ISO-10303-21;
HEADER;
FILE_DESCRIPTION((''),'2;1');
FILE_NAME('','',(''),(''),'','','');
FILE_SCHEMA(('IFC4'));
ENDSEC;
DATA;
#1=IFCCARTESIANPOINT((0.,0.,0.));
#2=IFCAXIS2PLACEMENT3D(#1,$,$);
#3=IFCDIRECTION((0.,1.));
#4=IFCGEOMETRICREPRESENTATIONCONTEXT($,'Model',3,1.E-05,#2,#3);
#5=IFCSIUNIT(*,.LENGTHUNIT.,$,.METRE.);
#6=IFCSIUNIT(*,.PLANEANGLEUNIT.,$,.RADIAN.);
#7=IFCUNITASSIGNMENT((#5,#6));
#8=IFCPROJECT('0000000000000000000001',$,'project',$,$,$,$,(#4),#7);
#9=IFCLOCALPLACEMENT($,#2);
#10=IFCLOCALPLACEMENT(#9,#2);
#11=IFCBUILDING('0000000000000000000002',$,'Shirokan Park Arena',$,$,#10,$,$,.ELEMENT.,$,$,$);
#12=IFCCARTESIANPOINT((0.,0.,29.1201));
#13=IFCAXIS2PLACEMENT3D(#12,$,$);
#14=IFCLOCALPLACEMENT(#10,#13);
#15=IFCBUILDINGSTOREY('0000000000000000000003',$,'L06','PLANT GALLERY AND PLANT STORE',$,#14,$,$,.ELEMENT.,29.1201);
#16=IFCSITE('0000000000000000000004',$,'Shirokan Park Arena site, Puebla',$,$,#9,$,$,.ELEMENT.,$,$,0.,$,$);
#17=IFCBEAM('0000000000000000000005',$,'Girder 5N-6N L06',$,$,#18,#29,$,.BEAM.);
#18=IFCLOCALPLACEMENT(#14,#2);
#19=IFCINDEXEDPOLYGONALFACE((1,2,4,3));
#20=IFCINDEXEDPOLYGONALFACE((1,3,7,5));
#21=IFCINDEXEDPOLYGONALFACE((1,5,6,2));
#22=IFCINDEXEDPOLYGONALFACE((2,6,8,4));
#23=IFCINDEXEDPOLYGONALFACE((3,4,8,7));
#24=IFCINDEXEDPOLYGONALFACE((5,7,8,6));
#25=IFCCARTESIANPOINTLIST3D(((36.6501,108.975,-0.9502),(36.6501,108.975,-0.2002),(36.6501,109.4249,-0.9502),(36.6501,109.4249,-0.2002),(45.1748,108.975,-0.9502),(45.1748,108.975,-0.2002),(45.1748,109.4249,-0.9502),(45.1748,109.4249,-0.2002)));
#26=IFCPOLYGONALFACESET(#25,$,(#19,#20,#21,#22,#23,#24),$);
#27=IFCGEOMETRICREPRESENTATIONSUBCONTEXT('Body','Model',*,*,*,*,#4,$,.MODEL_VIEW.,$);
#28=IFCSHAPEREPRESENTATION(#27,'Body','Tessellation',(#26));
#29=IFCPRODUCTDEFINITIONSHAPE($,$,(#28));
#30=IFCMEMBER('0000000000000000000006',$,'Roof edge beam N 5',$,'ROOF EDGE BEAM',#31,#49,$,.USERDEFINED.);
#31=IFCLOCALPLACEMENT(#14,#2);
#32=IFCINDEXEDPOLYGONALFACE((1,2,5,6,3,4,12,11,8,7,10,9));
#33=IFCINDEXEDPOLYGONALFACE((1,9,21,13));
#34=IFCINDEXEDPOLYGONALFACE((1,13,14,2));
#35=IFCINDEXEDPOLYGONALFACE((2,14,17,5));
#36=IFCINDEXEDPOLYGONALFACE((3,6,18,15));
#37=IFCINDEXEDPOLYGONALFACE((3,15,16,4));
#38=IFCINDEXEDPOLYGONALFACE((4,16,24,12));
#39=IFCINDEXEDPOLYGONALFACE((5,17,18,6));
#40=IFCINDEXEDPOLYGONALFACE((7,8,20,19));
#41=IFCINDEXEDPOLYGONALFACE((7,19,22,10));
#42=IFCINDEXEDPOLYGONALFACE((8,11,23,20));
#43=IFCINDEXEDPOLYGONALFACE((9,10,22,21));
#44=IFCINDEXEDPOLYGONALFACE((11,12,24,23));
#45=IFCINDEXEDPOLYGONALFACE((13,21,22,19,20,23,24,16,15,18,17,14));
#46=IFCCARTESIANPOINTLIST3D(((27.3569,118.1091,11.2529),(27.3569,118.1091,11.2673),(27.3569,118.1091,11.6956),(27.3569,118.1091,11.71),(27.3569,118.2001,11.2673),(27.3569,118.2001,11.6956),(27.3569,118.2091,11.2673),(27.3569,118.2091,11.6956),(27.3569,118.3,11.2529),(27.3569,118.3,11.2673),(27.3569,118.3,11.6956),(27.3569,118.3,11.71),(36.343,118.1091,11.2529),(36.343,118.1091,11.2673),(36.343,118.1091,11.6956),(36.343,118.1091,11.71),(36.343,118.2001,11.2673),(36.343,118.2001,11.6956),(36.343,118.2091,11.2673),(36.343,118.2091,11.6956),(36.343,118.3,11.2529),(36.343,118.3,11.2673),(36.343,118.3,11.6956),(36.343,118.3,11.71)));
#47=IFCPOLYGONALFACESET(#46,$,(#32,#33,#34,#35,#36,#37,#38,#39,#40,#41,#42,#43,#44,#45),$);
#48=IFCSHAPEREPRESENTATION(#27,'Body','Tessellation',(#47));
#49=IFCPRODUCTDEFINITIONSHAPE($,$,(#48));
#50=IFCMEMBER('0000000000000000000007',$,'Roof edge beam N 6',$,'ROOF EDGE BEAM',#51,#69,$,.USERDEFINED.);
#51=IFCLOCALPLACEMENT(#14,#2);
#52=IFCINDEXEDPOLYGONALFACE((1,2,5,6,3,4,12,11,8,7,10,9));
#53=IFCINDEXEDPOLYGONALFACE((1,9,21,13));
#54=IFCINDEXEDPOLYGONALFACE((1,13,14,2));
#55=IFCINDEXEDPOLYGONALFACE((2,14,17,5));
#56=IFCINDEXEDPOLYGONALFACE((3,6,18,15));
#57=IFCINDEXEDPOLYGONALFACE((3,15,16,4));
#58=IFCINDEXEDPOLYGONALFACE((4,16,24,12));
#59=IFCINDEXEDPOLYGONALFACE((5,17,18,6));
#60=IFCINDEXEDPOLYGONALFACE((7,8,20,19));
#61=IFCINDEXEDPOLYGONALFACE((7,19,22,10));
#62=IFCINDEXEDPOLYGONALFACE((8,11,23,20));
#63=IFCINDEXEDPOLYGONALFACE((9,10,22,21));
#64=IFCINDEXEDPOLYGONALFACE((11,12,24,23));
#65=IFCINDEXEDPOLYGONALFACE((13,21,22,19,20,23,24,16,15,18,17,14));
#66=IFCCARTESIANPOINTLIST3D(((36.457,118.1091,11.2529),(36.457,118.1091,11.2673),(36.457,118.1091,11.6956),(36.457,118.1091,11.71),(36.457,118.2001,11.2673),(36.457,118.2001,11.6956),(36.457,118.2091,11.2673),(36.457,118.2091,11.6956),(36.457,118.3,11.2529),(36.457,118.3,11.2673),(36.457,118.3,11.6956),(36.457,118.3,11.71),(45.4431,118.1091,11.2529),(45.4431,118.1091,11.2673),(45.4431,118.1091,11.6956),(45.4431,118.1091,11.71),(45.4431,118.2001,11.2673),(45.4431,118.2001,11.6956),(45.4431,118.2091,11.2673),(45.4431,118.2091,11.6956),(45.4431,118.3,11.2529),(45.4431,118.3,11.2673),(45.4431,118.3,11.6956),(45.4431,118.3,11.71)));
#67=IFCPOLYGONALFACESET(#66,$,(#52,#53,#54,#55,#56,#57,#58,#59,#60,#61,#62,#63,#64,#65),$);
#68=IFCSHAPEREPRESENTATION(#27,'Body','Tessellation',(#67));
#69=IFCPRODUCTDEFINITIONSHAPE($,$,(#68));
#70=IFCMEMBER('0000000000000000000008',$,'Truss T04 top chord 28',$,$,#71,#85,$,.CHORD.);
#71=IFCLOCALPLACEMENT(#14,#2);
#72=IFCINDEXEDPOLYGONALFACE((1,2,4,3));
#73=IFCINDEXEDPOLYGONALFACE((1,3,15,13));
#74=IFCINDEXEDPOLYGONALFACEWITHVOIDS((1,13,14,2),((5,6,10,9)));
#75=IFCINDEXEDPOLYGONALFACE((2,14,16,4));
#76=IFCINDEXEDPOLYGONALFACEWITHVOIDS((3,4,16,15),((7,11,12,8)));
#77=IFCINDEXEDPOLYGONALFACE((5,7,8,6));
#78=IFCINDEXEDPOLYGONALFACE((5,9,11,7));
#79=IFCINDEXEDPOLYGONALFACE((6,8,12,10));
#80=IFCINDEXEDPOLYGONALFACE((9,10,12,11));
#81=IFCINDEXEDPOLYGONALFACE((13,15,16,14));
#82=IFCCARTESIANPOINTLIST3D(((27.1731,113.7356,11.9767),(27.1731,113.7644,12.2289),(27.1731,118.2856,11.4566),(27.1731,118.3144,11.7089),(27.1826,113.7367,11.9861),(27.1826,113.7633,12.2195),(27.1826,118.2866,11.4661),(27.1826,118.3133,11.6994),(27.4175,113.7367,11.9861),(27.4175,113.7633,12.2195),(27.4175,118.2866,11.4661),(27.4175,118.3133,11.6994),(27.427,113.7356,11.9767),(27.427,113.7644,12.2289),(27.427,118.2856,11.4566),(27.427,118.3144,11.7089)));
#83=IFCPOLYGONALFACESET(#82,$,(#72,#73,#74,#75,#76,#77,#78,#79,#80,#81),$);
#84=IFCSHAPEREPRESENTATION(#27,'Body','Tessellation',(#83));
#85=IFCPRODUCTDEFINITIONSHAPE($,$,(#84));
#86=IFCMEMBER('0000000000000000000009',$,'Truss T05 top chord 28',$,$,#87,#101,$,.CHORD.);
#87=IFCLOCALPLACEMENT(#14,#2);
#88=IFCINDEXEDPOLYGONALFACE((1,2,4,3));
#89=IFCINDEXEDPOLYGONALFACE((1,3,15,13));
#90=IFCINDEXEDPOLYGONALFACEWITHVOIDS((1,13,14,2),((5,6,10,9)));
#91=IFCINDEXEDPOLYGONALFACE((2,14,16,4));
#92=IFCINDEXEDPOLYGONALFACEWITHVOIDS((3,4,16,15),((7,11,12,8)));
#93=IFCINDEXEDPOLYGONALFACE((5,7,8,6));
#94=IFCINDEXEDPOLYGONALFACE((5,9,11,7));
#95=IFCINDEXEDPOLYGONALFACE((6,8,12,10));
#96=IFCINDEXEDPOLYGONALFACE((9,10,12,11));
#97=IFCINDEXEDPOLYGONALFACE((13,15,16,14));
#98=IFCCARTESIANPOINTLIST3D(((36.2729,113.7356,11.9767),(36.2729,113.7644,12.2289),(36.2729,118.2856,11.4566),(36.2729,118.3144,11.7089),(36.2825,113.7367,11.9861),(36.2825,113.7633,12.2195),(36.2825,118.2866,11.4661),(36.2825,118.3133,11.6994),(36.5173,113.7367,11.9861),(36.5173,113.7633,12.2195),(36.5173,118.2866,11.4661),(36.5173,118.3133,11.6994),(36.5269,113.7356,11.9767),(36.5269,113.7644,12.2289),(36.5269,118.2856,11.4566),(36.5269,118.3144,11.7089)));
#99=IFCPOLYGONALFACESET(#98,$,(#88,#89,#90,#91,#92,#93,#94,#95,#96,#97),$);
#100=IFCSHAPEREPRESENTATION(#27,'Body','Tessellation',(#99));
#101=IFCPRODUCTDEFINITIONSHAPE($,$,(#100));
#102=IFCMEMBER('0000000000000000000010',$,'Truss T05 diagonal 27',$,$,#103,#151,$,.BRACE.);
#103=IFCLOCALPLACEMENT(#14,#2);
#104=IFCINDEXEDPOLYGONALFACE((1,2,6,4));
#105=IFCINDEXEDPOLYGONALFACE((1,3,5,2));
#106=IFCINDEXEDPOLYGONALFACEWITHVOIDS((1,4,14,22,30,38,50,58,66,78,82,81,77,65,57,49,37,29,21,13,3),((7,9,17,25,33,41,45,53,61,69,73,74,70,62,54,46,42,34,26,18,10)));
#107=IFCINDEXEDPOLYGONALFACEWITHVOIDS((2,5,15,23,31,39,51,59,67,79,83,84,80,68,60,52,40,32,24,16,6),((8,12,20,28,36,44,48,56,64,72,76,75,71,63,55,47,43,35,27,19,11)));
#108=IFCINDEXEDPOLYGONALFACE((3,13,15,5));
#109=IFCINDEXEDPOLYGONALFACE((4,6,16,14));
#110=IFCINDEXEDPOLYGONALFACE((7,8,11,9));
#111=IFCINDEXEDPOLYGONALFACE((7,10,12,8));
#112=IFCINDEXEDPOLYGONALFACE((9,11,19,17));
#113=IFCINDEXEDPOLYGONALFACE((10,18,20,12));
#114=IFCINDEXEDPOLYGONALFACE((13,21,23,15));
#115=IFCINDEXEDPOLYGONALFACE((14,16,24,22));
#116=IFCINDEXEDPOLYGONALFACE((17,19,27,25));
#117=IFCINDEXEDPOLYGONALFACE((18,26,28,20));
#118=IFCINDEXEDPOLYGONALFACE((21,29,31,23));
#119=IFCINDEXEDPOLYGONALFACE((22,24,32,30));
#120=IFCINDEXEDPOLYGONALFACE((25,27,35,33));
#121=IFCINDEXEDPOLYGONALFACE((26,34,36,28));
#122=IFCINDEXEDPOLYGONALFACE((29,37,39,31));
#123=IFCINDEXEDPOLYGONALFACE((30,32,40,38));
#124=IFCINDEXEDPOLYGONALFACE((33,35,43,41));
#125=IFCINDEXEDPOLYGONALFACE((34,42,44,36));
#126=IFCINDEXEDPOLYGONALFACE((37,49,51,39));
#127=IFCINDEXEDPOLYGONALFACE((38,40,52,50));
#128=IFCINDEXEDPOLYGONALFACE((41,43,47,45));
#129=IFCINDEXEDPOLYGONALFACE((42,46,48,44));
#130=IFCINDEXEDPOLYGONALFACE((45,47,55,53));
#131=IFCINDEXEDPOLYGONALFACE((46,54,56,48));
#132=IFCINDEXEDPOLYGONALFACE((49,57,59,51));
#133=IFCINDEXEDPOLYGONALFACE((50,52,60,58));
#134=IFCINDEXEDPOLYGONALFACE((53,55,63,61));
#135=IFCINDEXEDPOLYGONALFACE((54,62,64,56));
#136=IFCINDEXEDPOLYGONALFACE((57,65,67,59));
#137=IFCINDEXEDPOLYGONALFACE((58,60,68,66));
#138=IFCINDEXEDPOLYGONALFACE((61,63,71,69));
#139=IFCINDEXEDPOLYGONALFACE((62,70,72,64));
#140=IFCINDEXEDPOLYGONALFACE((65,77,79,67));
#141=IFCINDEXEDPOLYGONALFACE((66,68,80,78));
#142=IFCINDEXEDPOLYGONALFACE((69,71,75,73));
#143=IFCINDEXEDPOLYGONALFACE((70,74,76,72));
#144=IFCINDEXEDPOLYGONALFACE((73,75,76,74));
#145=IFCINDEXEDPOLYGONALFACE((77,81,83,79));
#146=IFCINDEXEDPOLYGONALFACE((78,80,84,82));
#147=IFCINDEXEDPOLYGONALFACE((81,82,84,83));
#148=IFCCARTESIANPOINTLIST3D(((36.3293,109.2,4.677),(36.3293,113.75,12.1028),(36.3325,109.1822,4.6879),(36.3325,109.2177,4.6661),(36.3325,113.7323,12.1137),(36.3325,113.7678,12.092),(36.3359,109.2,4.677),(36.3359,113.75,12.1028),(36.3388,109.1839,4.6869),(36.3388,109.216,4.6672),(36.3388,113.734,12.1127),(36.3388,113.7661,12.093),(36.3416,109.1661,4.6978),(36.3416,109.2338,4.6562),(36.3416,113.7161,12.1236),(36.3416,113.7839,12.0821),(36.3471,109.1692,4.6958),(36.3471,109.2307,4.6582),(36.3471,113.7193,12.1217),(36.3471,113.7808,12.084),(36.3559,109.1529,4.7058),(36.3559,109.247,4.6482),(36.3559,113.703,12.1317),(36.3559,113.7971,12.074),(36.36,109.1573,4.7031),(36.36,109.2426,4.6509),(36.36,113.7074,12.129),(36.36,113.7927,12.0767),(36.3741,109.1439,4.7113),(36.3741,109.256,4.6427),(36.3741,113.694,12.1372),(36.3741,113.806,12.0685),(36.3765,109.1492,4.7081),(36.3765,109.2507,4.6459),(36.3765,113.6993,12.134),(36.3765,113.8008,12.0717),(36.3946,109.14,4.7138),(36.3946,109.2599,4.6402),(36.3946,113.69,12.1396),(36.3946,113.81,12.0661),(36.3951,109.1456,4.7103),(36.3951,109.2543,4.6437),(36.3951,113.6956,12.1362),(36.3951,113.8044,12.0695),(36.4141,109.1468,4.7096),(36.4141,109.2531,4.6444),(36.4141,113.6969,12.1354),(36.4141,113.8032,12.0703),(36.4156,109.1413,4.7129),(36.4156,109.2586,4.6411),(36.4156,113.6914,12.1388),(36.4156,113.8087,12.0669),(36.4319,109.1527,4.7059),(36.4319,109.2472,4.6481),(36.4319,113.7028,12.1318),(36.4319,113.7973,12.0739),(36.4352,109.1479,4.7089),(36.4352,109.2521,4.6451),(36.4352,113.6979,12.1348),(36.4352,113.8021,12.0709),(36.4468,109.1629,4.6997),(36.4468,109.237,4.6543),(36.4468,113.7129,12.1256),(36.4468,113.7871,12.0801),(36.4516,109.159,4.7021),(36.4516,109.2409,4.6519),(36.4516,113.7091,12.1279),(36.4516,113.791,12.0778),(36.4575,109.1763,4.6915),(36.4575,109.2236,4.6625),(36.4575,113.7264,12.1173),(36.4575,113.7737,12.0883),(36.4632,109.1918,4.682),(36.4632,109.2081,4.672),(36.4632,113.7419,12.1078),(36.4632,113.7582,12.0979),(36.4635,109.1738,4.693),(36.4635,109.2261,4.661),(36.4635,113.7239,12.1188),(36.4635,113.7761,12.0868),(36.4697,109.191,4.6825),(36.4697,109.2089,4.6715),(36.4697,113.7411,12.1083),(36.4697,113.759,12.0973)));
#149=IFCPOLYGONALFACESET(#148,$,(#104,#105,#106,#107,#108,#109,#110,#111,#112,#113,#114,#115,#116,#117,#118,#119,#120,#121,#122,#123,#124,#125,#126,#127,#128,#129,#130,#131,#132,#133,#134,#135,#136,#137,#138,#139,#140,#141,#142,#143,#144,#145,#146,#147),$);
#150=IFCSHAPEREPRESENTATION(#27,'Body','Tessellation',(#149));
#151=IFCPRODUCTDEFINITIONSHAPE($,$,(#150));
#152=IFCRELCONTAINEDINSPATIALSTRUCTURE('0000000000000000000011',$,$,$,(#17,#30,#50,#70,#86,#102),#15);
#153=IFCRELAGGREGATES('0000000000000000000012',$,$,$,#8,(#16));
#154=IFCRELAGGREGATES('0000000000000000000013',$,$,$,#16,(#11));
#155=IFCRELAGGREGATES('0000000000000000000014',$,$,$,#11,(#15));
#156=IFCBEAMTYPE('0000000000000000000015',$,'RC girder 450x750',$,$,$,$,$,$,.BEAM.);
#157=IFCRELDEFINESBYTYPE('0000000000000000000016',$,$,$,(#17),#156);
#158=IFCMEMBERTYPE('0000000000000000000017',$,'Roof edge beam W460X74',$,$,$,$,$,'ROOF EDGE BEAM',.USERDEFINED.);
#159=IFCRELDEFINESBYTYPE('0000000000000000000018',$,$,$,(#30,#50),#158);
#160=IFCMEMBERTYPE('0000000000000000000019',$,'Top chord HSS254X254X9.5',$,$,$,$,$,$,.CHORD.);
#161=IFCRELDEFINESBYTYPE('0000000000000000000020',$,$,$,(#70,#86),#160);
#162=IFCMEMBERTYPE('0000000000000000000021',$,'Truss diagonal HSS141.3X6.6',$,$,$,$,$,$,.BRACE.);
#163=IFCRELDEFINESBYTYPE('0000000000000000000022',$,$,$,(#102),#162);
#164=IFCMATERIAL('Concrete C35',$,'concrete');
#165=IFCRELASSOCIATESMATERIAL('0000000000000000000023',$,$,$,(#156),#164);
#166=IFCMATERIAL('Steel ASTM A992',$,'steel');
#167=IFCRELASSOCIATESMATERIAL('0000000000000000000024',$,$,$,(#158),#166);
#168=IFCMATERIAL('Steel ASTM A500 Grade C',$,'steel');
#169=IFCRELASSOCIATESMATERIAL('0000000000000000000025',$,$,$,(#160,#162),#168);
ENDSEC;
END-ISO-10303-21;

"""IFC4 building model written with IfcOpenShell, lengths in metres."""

from ifc_helpers import new_model, si_unit, direction, frame, origin, origin_2d, place, context, subcontext, project, spatial, rectangle, hollow_rectangle, hollow_circle, i_section, extrude, material, material_profile, profile_set, type_object, element, save


model = new_model("IFC4")

# Units and contexts
model_context = context("Model", 3, precision=1e-05, world=origin(), true_north=direction((0.0, 1.0)))
body_context = subcontext(model_context, "Body", "Model", "MODEL_VIEW")
ifc_project = project(units=[si_unit("LENGTHUNIT", "METRE"), si_unit("PLANEANGLEUNIT", "RADIAN")], contexts=[model_context])

# Site, building, storey
site_placement = place(None, origin())
site = spatial("IfcSite", under=ifc_project, at=site_placement, Name="Shirokan Park Arena site, Puebla", CompositionType="ELEMENT", RefElevation=0.0)
building_placement = place(site_placement, origin())
building = spatial("IfcBuilding", under=site, at=building_placement, Name="Shirokan Park Arena", CompositionType="ELEMENT")
storey_placement = place(building_placement, frame((0.0, 0.0, 29.1201)))
storey = spatial("IfcBuildingStorey", under=building, at=storey_placement, Name="L06", Description="PLANT GALLERY AND PLANT STORE", CompositionType="ELEMENT", Elevation=29.1201)

# Shared definitions
ifc_material_1 = material(Name="Concrete C35", Category="concrete")

# Shared definitions
ifc_material_2 = material(Name="Steel ASTM A500 Grade C", Category="steel")
ifc_material_3 = material(Name="Steel ASTM A992", Category="steel")

# Beam
ifc_material_profile_1 = material_profile(ifc_material_1, rectangle(XDim=0.45, YDim=0.75, at=origin_2d()), Name="450x750")
ifc_profile_set_1 = profile_set([ifc_material_profile_1], Name="Concrete C35")
beam_type = type_object("IfcBeamType", Name="RC girder 450x750", PredefinedType="BEAM", material=ifc_profile_set_1)
beam_placement = place(storey_placement, frame((36.6501, 109.2, -0.5752), z_axis=(1.0, 0.0, 0.0), x_axis=(0.0, 1.0, 0.0)))
element("IfcBeam", 1, at=beam_placement, inside=storey, type_object=beam_type, Name="Girder 5N-6N L06", PredefinedType="BEAM", context=body_context, shape_type="SweptSolid", body=[
    extrude(rectangle(XDim=0.45, YDim=0.75, at=origin_2d()), origin(), (0.0, 0.0, 1.0), 8.5247),
])

# Members
ifc_material_profile_2 = material_profile(ifc_material_3, i_section(OverallWidth=0.1909, OverallDepth=0.457, WebThickness=0.009, FlangeThickness=0.0144, at=origin_2d()), Name="W460X74")
ifc_profile_set_2 = profile_set([ifc_material_profile_2], Name="Steel ASTM A992")
member_type_1 = type_object("IfcMemberType", Name="Roof edge beam W460X74", ElementType="ROOF EDGE BEAM", PredefinedType="USERDEFINED", material=ifc_profile_set_2)
for number, where, z_axis, x_axis, name in (
    (2, (27.3569, 118.2046, 11.4814), (1.0, 0.0, 0.0), (0.0, 1.0, 0.0), "Roof edge beam N 5"),
    (3, (36.457, 118.2046, 11.4814), (1.0, 0.0, 0.0), (0.0, 1.0, 0.0), "Roof edge beam N 6"),
):
    element("IfcMember", number, at=place(storey_placement, frame(where, z_axis=z_axis, x_axis=x_axis)), inside=storey, type_object=member_type_1, Name=name, ObjectType="ROOF EDGE BEAM", PredefinedType="USERDEFINED", context=body_context, shape_type="SweptSolid", body=[
        extrude(i_section(OverallWidth=0.1909, OverallDepth=0.457, WebThickness=0.009, FlangeThickness=0.0144, at=origin_2d()), origin(), (0.0, 0.0, 1.0), 8.9861),
    ])
ifc_material_profile_3 = material_profile(ifc_material_2, hollow_rectangle(XDim=0.2539, YDim=0.2539, WallThickness=0.0095, at=origin_2d()), Name="HSS254X254X9.5")
ifc_profile_set_3 = profile_set([ifc_material_profile_3], Name="Steel ASTM A500 Grade C")
member_type_2 = type_object("IfcMemberType", Name="Top chord HSS254X254X9.5", PredefinedType="CHORD", material=ifc_profile_set_3)
for number, where, z_axis, x_axis, name in (
    (4, (27.3, 113.75, 12.1028), (0.0, 0.993532, -0.11355), (-1.0, 0.0, 0.0), "Truss T04 top chord 28"),
    (5, (36.3999, 113.75, 12.1028), (0.0, 0.993532, -0.11355), (-1.0, 0.0, 0.0), "Truss T05 top chord 28"),
):
    element("IfcMember", number, at=place(storey_placement, frame(where, z_axis=z_axis, x_axis=x_axis)), inside=storey, type_object=member_type_2, Name=name, PredefinedType="CHORD", context=body_context, shape_type="SweptSolid", body=[
        extrude(hollow_rectangle(XDim=0.2539, YDim=0.2539, WallThickness=0.0095, at=origin_2d()), origin(), (0.0, 0.0, 1.0), 4.5796),
    ])
ifc_material_profile_4 = material_profile(ifc_material_2, hollow_circle(Radius=0.0706, WallThickness=0.0066, at=origin_2d()), Name="HSS141.3X6.6")
ifc_profile_set_4 = profile_set([ifc_material_profile_4], Name="Steel ASTM A500 Grade C")
member_type_3 = type_object("IfcMemberType", Name="Truss diagonal HSS141.3X6.6", PredefinedType="BRACE", material=ifc_profile_set_4)
member_1_placement = place(storey_placement, frame((36.3999, 109.2, 4.677), z_axis=(0.0, 0.522459, 0.852665), x_axis=(-1.0, 0.0, 0.0)))
element("IfcMember", 6, at=member_1_placement, inside=storey, type_object=member_type_3, Name="Truss T05 diagonal 27", PredefinedType="BRACE", context=body_context, shape_type="SweptSolid", body=[
    extrude(hollow_circle(Radius=0.0706, WallThickness=0.0066, at=origin_2d()), origin(), (0.0, 0.0, 1.0), 8.709),
])

save(model, "model.ifc")
